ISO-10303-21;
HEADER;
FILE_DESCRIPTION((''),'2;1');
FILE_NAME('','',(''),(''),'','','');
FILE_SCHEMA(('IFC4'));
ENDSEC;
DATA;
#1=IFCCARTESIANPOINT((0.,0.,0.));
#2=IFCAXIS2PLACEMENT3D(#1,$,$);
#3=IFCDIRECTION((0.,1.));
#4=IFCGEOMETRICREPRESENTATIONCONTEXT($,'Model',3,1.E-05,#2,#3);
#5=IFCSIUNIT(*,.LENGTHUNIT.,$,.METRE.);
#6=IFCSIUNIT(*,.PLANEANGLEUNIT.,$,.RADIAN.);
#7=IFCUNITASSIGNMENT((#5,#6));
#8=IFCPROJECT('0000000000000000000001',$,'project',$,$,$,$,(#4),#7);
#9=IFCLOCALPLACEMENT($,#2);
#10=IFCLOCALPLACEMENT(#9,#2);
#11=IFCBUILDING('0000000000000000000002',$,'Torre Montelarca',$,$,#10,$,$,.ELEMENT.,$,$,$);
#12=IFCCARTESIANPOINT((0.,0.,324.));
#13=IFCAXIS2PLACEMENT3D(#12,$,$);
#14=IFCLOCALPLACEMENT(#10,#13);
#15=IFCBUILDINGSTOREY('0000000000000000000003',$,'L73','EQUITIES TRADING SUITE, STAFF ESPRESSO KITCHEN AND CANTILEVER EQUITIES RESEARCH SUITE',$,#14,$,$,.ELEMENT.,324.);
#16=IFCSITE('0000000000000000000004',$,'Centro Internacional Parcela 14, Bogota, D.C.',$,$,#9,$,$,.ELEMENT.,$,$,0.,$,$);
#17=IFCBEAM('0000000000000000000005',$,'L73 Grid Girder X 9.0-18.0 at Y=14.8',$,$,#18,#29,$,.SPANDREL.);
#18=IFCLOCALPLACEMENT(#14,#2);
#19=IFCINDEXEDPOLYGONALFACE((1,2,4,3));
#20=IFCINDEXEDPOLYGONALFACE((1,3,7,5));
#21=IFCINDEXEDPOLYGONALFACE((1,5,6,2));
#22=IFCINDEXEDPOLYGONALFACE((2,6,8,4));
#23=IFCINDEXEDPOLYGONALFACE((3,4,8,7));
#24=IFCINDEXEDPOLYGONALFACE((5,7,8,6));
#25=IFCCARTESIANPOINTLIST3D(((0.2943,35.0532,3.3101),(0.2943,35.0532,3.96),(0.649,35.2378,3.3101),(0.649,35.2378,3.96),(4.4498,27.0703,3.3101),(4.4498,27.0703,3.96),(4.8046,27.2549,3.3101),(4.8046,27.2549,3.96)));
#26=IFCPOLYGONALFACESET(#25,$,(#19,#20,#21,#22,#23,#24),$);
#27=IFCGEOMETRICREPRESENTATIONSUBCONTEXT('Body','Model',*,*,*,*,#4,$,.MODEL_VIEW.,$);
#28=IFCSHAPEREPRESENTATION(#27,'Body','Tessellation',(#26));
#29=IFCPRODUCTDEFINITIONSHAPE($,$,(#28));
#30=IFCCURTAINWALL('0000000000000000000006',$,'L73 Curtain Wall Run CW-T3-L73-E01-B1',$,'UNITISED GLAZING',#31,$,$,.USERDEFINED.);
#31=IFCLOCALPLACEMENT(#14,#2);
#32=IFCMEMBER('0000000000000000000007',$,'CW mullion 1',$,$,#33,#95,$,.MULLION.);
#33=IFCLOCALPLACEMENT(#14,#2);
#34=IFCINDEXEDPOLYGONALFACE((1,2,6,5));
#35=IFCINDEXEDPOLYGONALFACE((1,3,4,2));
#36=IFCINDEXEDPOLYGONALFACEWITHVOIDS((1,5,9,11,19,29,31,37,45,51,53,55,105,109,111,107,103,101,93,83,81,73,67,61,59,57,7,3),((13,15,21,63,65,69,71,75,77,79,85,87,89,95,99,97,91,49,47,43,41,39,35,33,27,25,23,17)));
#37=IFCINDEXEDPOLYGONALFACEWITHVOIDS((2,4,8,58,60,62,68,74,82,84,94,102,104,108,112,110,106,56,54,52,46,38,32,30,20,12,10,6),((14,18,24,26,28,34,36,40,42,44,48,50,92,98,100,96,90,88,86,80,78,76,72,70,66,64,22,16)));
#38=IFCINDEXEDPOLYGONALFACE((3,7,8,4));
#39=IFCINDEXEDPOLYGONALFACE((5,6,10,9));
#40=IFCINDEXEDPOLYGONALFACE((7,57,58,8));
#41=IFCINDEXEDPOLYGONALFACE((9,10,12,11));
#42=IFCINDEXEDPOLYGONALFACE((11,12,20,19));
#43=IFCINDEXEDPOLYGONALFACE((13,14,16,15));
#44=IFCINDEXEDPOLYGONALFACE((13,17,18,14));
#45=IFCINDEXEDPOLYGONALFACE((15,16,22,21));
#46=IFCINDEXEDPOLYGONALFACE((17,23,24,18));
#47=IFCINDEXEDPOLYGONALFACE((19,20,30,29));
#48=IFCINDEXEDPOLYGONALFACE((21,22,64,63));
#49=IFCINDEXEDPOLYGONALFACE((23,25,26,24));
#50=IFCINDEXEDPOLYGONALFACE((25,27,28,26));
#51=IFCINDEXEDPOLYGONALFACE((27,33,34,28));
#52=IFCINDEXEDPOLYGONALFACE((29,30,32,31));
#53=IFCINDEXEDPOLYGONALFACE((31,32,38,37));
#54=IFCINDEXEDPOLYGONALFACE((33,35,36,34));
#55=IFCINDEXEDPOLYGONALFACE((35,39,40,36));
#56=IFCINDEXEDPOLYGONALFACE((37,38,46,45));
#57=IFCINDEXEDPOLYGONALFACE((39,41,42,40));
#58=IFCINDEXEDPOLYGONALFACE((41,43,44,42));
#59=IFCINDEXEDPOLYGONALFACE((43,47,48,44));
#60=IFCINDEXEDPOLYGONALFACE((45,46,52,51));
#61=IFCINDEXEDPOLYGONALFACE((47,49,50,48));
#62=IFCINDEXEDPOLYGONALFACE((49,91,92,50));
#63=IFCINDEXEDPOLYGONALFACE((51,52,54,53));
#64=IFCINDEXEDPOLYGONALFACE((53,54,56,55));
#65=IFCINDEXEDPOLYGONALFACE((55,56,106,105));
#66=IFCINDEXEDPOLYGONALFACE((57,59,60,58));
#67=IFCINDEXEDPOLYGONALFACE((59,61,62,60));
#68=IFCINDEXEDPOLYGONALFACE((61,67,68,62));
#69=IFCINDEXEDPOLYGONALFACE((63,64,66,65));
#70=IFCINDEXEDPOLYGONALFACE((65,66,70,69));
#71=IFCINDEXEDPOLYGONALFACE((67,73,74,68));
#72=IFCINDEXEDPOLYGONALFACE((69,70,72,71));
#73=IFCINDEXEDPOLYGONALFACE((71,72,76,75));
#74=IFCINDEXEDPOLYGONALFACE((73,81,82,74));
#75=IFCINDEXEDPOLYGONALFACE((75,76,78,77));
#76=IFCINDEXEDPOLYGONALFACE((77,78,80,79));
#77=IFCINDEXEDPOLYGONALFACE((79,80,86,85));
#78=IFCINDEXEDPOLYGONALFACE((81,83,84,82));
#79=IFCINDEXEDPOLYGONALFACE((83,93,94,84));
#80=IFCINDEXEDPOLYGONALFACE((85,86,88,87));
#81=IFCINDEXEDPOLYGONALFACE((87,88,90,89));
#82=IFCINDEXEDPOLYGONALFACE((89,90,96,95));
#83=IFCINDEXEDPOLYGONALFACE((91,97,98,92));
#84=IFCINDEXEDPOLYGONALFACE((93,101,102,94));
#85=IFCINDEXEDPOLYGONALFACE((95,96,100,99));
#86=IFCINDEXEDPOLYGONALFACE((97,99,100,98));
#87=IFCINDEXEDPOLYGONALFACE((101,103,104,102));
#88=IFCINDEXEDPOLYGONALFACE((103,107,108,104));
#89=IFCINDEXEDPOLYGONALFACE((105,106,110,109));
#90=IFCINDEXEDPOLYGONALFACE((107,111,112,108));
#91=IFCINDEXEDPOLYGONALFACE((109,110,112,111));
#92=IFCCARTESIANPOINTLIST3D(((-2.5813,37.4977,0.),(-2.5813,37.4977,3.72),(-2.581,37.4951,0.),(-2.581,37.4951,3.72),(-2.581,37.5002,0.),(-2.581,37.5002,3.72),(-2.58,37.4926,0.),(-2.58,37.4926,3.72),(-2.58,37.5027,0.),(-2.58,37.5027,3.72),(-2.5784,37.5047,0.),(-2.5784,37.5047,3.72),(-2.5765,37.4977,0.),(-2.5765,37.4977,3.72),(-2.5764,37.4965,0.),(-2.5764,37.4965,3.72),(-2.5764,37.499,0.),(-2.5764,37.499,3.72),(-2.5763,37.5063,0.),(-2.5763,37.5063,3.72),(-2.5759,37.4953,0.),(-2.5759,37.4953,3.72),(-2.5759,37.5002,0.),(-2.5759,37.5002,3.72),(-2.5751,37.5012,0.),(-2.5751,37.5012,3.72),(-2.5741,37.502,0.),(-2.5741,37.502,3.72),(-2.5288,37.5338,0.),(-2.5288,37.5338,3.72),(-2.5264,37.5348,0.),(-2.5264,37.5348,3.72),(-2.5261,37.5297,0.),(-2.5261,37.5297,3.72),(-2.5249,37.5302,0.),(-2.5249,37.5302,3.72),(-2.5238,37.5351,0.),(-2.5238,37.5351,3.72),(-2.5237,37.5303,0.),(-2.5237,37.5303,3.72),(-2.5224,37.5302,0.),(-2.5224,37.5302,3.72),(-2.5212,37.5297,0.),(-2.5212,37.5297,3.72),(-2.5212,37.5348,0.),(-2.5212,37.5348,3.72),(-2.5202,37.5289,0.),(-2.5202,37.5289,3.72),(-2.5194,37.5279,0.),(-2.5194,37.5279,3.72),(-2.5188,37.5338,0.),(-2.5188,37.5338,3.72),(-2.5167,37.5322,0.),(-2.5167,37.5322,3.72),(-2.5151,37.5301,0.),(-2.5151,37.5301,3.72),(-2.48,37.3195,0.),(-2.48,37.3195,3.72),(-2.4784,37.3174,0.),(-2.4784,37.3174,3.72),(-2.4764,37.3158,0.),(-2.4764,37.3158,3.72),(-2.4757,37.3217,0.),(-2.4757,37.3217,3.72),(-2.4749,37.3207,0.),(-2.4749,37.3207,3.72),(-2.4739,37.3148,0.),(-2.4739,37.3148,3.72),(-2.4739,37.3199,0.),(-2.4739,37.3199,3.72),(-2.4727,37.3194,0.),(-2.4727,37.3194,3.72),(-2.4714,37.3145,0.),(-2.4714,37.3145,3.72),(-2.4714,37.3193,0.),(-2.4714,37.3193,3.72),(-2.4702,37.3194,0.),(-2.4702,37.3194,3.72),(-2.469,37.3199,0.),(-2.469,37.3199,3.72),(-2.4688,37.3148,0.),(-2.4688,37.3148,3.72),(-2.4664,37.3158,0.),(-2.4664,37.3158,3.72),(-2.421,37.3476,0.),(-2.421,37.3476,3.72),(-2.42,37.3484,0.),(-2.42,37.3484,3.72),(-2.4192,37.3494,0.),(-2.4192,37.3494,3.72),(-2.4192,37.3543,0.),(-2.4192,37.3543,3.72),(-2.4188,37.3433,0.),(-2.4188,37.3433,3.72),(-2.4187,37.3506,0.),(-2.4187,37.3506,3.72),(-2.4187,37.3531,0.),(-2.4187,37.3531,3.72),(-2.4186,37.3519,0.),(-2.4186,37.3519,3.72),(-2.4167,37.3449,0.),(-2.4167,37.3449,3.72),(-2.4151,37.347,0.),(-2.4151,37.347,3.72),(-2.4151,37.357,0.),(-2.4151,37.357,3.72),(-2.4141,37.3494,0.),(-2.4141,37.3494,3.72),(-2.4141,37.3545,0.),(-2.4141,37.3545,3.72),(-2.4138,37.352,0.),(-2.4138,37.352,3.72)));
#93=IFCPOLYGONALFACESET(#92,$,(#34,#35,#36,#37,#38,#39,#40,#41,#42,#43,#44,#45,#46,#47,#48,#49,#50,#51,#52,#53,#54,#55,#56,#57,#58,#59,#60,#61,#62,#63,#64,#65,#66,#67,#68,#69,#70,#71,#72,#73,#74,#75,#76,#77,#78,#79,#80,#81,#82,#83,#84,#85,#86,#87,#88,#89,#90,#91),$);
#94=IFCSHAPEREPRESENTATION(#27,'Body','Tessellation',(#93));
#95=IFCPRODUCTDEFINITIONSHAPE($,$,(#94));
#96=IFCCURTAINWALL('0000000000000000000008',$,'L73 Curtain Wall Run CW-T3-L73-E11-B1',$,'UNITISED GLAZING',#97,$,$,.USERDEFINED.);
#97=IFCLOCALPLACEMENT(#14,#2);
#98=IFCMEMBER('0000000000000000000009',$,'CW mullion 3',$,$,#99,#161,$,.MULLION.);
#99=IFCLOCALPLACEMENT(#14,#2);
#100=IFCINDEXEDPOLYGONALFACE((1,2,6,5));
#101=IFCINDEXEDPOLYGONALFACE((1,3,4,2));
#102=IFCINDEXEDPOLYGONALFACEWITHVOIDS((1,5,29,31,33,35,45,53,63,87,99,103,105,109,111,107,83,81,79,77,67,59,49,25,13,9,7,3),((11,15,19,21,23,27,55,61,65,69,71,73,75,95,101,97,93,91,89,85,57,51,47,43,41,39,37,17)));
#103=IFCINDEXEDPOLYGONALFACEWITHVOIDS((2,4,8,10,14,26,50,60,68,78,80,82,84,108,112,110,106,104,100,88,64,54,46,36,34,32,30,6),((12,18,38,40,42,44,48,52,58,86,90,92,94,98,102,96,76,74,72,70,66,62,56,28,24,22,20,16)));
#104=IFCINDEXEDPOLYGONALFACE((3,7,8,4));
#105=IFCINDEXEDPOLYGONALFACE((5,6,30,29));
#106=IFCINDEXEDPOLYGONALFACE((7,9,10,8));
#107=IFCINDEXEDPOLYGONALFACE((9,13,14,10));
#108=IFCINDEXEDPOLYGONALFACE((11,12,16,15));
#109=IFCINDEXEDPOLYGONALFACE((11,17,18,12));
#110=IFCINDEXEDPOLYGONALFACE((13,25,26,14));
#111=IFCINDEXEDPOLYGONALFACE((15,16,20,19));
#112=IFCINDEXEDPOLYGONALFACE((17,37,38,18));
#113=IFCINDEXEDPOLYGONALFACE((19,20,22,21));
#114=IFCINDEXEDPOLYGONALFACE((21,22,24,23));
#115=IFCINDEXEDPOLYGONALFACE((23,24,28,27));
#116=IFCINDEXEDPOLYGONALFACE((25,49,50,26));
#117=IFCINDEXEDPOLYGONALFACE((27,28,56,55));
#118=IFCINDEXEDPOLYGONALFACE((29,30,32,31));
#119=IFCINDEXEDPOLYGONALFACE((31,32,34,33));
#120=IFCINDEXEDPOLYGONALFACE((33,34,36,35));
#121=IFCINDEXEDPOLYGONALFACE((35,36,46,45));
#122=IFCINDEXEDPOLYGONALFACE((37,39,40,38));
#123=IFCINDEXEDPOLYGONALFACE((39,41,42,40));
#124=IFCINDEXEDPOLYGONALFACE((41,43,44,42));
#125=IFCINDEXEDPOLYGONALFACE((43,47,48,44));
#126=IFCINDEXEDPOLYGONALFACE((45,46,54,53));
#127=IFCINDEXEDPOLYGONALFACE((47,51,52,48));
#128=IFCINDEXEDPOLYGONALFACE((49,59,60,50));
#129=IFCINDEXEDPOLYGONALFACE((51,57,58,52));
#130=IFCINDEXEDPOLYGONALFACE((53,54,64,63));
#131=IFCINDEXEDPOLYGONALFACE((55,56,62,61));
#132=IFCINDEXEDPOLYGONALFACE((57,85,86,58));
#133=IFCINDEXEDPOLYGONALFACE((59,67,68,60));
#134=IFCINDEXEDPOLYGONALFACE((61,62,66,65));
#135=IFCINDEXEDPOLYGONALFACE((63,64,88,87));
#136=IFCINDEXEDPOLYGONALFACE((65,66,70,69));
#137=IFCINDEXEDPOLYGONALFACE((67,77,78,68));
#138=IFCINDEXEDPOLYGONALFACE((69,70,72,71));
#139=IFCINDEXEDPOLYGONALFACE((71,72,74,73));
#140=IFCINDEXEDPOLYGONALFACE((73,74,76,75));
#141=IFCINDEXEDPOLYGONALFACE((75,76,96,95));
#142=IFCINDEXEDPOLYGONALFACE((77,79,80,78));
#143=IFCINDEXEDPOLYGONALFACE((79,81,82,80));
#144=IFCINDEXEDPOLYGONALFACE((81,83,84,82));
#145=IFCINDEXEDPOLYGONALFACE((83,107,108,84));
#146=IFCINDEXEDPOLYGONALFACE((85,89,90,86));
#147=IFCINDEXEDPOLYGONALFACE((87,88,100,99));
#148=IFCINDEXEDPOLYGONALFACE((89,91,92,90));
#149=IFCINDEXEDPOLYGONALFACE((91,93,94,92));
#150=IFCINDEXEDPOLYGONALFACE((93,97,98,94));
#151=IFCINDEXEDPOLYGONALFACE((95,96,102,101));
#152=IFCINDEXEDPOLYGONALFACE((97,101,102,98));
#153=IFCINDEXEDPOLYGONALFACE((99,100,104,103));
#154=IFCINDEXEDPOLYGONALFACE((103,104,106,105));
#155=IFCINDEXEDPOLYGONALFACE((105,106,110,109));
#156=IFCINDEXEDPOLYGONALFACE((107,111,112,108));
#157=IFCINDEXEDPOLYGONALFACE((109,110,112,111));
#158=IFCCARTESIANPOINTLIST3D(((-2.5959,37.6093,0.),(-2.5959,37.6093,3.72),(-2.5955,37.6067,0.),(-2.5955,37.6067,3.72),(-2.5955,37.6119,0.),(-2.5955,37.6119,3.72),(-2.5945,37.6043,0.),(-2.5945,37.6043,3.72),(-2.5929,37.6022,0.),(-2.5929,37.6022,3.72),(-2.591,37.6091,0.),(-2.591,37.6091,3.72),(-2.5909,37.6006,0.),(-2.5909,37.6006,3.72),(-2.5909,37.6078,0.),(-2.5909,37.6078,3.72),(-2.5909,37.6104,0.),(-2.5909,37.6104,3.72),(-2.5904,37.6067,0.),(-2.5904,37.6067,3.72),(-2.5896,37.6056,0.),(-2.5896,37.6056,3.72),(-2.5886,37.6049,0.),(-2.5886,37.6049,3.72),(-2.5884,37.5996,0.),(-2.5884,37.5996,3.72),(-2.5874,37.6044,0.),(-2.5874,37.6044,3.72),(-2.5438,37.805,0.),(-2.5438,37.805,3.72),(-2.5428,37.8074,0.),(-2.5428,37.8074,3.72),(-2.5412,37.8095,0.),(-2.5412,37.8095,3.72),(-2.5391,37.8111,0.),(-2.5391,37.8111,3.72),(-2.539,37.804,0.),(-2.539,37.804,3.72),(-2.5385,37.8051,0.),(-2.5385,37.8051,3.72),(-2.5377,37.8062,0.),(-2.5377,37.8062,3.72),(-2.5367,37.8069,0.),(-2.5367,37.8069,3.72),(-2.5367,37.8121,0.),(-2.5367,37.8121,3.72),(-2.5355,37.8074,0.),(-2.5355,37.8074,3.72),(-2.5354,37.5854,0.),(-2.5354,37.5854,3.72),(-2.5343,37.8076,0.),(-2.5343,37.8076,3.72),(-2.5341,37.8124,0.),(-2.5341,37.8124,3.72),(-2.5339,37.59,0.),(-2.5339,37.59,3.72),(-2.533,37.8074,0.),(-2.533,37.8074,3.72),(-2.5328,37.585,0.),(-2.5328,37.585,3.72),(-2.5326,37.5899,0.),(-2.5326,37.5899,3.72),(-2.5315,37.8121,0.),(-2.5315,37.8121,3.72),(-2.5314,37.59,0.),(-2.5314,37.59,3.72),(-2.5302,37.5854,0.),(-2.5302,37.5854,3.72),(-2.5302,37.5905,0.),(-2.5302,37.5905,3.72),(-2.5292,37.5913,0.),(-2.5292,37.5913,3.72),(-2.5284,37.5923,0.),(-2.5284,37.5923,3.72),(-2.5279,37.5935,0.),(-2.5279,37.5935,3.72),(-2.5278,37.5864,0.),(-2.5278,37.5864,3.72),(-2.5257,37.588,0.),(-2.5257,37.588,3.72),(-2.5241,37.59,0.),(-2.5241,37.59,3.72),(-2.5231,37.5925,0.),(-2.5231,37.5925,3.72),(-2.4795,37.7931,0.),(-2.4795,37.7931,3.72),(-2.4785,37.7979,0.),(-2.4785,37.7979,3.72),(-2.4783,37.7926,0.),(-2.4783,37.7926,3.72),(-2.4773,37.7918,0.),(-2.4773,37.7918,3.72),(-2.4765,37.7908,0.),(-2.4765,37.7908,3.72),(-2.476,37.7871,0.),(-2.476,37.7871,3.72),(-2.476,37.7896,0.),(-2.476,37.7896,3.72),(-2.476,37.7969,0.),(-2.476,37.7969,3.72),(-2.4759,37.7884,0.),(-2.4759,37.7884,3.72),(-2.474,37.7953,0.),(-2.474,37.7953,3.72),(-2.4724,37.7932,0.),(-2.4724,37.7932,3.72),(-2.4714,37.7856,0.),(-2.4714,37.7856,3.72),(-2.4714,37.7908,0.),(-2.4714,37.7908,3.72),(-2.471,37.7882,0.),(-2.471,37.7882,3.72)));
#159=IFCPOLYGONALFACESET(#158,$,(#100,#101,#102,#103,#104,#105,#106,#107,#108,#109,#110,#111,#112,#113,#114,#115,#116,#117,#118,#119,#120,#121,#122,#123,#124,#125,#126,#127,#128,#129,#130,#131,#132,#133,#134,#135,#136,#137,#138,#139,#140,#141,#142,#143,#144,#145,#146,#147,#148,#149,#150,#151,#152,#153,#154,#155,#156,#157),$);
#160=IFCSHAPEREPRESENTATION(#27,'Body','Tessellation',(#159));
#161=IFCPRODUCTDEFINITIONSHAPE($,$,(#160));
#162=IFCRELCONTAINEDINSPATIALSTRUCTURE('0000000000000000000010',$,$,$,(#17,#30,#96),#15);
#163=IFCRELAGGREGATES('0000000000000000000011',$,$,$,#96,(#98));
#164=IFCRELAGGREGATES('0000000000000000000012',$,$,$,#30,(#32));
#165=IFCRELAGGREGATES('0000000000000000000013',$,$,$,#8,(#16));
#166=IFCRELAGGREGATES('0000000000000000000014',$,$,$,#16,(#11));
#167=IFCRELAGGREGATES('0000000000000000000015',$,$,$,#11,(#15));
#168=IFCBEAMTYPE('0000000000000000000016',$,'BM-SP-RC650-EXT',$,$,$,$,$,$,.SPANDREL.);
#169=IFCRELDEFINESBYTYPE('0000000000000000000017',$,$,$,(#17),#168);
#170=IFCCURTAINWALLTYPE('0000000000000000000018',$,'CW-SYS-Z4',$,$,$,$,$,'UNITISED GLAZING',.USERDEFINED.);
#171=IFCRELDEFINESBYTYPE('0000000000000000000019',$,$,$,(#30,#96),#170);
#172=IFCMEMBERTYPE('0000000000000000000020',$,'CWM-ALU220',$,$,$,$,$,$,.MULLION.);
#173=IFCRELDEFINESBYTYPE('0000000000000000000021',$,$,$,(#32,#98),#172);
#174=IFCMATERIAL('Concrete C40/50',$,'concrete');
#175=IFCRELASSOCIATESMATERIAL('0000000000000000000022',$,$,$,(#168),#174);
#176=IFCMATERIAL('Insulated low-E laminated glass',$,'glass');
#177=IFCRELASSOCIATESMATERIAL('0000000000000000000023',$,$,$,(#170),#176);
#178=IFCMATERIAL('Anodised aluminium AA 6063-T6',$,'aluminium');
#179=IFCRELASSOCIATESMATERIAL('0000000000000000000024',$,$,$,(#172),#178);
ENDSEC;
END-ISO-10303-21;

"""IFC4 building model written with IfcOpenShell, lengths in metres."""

from ifc_helpers import new_model, si_unit, direction, frame, origin, origin_2d, place, context, subcontext, project, spatial, rectangle, hollow_rectangle, extrude, source, transform, mapped, material, material_profile, profile_set, type_object, element, aggregate, save


model = new_model("IFC4")

# Units and contexts
model_context = context("Model", 3, precision=1e-05, world=origin(), true_north=direction((0.0, 1.0)))
body_context = subcontext(model_context, "Body", "Model", "MODEL_VIEW")
ifc_project = project(units=[si_unit("LENGTHUNIT", "METRE"), si_unit("PLANEANGLEUNIT", "RADIAN")], contexts=[model_context])

# Site, building, storey
site_placement = place(None, origin())
site = spatial("IfcSite", under=ifc_project, at=site_placement, Name="Centro Internacional Parcela 14, Bogota, D.C.", CompositionType="ELEMENT", RefElevation=0.0)
building_placement = place(site_placement, origin())
building = spatial("IfcBuilding", under=site, at=building_placement, Name="Torre Montelarca", CompositionType="ELEMENT")
storey_placement = place(building_placement, frame((0.0, 0.0, 324.0)))
storey = spatial("IfcBuildingStorey", under=building, at=storey_placement, Name="L73", Description="EQUITIES TRADING SUITE, STAFF ESPRESSO KITCHEN AND CANTILEVER EQUITIES RESEARCH SUITE", CompositionType="ELEMENT", Elevation=324.0)

# Shared definitions
ifc_material_1 = material(Name="Concrete C40/50", Category="concrete")

# Beam
ifc_material_profile_1 = material_profile(ifc_material_1, rectangle(XDim=0.3999, YDim=0.6499, at=origin_2d()), Name="RCB400X650", Category="concrete")
ifc_profile_set_1 = profile_set([ifc_material_profile_1], Name="Concrete C40/50")
beam_type = type_object("IfcBeamType", Name="BM-SP-RC650-EXT", PredefinedType="SPANDREL", material=ifc_profile_set_1)
shared_shape_1 = source(origin(), body_context, "Body", "SweptSolid", [
    extrude(rectangle(XDim=0.3999, YDim=0.6499, at=origin_2d()), origin(), (0.0, 0.0, 1.0), 8.9998),
])
beam_placement = place(storey_placement, frame((0.4717, 35.1455, 3.635), z_axis=(0.461738, -0.887016, 0.0), x_axis=(0.887016, 0.461738, 0.0)))
element("IfcBeam", 1, at=beam_placement, inside=storey, type_object=beam_type, Name="L73 Grid Girder X 9.0-18.0 at Y=14.8", PredefinedType="SPANDREL", context=body_context, shape_type="MappedRepresentation", body=[
    mapped(shared_shape_1, transform((0.0, 0.0, 0.0), scale=1.0)),
])

# Curtain walls, members
ifc_material_2 = material(Name="Insulated low-E laminated glass", Category="glass")
curtain_wall_type = type_object("IfcCurtainWallType", Name="CW-SYS-Z4", ElementType="UNITISED GLAZING", PredefinedType="USERDEFINED", material=ifc_material_2)
curtain_wall_1_placement = place(storey_placement, origin())
curtain_wall_1 = element("IfcCurtainWall", 2, at=curtain_wall_1_placement, inside=storey, type_object=curtain_wall_type, Name="L73 Curtain Wall Run CW-T3-L73-E01-B1", ObjectType="UNITISED GLAZING", PredefinedType="USERDEFINED")
ifc_material_3 = material(Name="Anodised aluminium AA 6063-T6", Category="aluminium")
ifc_material_profile_2 = material_profile(ifc_material_3, hollow_rectangle(XDim=0.075, YDim=0.22, WallThickness=0.0049, InnerFilletRadius=0.0049, OuterFilletRadius=0.01, at=origin_2d()), Name="ALU75X220X5", Category="aluminium")
ifc_profile_set_2 = profile_set([ifc_material_profile_2], Name="Anodised aluminium AA 6063-T6")
member_type_1 = type_object("IfcMemberType", Name="CWM-ALU220", PredefinedType="MULLION", material=ifc_profile_set_2)
shared_shape_2 = source(origin(), body_context, "Body", "SweptSolid", [
    extrude(hollow_rectangle(XDim=0.075, YDim=0.22, WallThickness=0.0049, InnerFilletRadius=0.0049, OuterFilletRadius=0.01, at=origin_2d()), origin(), (0.0, 0.0, 1.0), 3.72),
])
member_1_placement = place(storey_placement, frame((-2.4976, 37.4248, 0.0), z_axis=(0.0, 0.0, 1.0), x_axis=(0.866025, 0.5, 0.0)))
member_1 = element("IfcMember", 3, at=member_1_placement, type_object=member_type_1, Name="CW mullion 1", PredefinedType="MULLION", context=body_context, shape_type="MappedRepresentation", body=[
    mapped(shared_shape_2, transform((0.0, 0.0, 0.0), scale=1.0)),
])
curtain_wall_2_placement = place(storey_placement, origin())
curtain_wall_2 = element("IfcCurtainWall", 4, at=curtain_wall_2_placement, inside=storey, type_object=curtain_wall_type, Name="L73 Curtain Wall Run CW-T3-L73-E11-B1", ObjectType="UNITISED GLAZING", PredefinedType="USERDEFINED")
member_2_placement = place(storey_placement, frame((-2.5334, 37.6987, 0.0), z_axis=(0.0, 0.0, 1.0), x_axis=(0.965927, -0.258815, 0.0)))
member_2 = element("IfcMember", 5, at=member_2_placement, type_object=member_type_1, Name="CW mullion 3", PredefinedType="MULLION", context=body_context, shape_type="MappedRepresentation", body=[
    mapped(shared_shape_2, transform((0.0, 0.0, 0.0), scale=1.0)),
])

aggregate(curtain_wall_2, [member_2])
aggregate(curtain_wall_1, [member_1])

save(model, "model.ifc")
